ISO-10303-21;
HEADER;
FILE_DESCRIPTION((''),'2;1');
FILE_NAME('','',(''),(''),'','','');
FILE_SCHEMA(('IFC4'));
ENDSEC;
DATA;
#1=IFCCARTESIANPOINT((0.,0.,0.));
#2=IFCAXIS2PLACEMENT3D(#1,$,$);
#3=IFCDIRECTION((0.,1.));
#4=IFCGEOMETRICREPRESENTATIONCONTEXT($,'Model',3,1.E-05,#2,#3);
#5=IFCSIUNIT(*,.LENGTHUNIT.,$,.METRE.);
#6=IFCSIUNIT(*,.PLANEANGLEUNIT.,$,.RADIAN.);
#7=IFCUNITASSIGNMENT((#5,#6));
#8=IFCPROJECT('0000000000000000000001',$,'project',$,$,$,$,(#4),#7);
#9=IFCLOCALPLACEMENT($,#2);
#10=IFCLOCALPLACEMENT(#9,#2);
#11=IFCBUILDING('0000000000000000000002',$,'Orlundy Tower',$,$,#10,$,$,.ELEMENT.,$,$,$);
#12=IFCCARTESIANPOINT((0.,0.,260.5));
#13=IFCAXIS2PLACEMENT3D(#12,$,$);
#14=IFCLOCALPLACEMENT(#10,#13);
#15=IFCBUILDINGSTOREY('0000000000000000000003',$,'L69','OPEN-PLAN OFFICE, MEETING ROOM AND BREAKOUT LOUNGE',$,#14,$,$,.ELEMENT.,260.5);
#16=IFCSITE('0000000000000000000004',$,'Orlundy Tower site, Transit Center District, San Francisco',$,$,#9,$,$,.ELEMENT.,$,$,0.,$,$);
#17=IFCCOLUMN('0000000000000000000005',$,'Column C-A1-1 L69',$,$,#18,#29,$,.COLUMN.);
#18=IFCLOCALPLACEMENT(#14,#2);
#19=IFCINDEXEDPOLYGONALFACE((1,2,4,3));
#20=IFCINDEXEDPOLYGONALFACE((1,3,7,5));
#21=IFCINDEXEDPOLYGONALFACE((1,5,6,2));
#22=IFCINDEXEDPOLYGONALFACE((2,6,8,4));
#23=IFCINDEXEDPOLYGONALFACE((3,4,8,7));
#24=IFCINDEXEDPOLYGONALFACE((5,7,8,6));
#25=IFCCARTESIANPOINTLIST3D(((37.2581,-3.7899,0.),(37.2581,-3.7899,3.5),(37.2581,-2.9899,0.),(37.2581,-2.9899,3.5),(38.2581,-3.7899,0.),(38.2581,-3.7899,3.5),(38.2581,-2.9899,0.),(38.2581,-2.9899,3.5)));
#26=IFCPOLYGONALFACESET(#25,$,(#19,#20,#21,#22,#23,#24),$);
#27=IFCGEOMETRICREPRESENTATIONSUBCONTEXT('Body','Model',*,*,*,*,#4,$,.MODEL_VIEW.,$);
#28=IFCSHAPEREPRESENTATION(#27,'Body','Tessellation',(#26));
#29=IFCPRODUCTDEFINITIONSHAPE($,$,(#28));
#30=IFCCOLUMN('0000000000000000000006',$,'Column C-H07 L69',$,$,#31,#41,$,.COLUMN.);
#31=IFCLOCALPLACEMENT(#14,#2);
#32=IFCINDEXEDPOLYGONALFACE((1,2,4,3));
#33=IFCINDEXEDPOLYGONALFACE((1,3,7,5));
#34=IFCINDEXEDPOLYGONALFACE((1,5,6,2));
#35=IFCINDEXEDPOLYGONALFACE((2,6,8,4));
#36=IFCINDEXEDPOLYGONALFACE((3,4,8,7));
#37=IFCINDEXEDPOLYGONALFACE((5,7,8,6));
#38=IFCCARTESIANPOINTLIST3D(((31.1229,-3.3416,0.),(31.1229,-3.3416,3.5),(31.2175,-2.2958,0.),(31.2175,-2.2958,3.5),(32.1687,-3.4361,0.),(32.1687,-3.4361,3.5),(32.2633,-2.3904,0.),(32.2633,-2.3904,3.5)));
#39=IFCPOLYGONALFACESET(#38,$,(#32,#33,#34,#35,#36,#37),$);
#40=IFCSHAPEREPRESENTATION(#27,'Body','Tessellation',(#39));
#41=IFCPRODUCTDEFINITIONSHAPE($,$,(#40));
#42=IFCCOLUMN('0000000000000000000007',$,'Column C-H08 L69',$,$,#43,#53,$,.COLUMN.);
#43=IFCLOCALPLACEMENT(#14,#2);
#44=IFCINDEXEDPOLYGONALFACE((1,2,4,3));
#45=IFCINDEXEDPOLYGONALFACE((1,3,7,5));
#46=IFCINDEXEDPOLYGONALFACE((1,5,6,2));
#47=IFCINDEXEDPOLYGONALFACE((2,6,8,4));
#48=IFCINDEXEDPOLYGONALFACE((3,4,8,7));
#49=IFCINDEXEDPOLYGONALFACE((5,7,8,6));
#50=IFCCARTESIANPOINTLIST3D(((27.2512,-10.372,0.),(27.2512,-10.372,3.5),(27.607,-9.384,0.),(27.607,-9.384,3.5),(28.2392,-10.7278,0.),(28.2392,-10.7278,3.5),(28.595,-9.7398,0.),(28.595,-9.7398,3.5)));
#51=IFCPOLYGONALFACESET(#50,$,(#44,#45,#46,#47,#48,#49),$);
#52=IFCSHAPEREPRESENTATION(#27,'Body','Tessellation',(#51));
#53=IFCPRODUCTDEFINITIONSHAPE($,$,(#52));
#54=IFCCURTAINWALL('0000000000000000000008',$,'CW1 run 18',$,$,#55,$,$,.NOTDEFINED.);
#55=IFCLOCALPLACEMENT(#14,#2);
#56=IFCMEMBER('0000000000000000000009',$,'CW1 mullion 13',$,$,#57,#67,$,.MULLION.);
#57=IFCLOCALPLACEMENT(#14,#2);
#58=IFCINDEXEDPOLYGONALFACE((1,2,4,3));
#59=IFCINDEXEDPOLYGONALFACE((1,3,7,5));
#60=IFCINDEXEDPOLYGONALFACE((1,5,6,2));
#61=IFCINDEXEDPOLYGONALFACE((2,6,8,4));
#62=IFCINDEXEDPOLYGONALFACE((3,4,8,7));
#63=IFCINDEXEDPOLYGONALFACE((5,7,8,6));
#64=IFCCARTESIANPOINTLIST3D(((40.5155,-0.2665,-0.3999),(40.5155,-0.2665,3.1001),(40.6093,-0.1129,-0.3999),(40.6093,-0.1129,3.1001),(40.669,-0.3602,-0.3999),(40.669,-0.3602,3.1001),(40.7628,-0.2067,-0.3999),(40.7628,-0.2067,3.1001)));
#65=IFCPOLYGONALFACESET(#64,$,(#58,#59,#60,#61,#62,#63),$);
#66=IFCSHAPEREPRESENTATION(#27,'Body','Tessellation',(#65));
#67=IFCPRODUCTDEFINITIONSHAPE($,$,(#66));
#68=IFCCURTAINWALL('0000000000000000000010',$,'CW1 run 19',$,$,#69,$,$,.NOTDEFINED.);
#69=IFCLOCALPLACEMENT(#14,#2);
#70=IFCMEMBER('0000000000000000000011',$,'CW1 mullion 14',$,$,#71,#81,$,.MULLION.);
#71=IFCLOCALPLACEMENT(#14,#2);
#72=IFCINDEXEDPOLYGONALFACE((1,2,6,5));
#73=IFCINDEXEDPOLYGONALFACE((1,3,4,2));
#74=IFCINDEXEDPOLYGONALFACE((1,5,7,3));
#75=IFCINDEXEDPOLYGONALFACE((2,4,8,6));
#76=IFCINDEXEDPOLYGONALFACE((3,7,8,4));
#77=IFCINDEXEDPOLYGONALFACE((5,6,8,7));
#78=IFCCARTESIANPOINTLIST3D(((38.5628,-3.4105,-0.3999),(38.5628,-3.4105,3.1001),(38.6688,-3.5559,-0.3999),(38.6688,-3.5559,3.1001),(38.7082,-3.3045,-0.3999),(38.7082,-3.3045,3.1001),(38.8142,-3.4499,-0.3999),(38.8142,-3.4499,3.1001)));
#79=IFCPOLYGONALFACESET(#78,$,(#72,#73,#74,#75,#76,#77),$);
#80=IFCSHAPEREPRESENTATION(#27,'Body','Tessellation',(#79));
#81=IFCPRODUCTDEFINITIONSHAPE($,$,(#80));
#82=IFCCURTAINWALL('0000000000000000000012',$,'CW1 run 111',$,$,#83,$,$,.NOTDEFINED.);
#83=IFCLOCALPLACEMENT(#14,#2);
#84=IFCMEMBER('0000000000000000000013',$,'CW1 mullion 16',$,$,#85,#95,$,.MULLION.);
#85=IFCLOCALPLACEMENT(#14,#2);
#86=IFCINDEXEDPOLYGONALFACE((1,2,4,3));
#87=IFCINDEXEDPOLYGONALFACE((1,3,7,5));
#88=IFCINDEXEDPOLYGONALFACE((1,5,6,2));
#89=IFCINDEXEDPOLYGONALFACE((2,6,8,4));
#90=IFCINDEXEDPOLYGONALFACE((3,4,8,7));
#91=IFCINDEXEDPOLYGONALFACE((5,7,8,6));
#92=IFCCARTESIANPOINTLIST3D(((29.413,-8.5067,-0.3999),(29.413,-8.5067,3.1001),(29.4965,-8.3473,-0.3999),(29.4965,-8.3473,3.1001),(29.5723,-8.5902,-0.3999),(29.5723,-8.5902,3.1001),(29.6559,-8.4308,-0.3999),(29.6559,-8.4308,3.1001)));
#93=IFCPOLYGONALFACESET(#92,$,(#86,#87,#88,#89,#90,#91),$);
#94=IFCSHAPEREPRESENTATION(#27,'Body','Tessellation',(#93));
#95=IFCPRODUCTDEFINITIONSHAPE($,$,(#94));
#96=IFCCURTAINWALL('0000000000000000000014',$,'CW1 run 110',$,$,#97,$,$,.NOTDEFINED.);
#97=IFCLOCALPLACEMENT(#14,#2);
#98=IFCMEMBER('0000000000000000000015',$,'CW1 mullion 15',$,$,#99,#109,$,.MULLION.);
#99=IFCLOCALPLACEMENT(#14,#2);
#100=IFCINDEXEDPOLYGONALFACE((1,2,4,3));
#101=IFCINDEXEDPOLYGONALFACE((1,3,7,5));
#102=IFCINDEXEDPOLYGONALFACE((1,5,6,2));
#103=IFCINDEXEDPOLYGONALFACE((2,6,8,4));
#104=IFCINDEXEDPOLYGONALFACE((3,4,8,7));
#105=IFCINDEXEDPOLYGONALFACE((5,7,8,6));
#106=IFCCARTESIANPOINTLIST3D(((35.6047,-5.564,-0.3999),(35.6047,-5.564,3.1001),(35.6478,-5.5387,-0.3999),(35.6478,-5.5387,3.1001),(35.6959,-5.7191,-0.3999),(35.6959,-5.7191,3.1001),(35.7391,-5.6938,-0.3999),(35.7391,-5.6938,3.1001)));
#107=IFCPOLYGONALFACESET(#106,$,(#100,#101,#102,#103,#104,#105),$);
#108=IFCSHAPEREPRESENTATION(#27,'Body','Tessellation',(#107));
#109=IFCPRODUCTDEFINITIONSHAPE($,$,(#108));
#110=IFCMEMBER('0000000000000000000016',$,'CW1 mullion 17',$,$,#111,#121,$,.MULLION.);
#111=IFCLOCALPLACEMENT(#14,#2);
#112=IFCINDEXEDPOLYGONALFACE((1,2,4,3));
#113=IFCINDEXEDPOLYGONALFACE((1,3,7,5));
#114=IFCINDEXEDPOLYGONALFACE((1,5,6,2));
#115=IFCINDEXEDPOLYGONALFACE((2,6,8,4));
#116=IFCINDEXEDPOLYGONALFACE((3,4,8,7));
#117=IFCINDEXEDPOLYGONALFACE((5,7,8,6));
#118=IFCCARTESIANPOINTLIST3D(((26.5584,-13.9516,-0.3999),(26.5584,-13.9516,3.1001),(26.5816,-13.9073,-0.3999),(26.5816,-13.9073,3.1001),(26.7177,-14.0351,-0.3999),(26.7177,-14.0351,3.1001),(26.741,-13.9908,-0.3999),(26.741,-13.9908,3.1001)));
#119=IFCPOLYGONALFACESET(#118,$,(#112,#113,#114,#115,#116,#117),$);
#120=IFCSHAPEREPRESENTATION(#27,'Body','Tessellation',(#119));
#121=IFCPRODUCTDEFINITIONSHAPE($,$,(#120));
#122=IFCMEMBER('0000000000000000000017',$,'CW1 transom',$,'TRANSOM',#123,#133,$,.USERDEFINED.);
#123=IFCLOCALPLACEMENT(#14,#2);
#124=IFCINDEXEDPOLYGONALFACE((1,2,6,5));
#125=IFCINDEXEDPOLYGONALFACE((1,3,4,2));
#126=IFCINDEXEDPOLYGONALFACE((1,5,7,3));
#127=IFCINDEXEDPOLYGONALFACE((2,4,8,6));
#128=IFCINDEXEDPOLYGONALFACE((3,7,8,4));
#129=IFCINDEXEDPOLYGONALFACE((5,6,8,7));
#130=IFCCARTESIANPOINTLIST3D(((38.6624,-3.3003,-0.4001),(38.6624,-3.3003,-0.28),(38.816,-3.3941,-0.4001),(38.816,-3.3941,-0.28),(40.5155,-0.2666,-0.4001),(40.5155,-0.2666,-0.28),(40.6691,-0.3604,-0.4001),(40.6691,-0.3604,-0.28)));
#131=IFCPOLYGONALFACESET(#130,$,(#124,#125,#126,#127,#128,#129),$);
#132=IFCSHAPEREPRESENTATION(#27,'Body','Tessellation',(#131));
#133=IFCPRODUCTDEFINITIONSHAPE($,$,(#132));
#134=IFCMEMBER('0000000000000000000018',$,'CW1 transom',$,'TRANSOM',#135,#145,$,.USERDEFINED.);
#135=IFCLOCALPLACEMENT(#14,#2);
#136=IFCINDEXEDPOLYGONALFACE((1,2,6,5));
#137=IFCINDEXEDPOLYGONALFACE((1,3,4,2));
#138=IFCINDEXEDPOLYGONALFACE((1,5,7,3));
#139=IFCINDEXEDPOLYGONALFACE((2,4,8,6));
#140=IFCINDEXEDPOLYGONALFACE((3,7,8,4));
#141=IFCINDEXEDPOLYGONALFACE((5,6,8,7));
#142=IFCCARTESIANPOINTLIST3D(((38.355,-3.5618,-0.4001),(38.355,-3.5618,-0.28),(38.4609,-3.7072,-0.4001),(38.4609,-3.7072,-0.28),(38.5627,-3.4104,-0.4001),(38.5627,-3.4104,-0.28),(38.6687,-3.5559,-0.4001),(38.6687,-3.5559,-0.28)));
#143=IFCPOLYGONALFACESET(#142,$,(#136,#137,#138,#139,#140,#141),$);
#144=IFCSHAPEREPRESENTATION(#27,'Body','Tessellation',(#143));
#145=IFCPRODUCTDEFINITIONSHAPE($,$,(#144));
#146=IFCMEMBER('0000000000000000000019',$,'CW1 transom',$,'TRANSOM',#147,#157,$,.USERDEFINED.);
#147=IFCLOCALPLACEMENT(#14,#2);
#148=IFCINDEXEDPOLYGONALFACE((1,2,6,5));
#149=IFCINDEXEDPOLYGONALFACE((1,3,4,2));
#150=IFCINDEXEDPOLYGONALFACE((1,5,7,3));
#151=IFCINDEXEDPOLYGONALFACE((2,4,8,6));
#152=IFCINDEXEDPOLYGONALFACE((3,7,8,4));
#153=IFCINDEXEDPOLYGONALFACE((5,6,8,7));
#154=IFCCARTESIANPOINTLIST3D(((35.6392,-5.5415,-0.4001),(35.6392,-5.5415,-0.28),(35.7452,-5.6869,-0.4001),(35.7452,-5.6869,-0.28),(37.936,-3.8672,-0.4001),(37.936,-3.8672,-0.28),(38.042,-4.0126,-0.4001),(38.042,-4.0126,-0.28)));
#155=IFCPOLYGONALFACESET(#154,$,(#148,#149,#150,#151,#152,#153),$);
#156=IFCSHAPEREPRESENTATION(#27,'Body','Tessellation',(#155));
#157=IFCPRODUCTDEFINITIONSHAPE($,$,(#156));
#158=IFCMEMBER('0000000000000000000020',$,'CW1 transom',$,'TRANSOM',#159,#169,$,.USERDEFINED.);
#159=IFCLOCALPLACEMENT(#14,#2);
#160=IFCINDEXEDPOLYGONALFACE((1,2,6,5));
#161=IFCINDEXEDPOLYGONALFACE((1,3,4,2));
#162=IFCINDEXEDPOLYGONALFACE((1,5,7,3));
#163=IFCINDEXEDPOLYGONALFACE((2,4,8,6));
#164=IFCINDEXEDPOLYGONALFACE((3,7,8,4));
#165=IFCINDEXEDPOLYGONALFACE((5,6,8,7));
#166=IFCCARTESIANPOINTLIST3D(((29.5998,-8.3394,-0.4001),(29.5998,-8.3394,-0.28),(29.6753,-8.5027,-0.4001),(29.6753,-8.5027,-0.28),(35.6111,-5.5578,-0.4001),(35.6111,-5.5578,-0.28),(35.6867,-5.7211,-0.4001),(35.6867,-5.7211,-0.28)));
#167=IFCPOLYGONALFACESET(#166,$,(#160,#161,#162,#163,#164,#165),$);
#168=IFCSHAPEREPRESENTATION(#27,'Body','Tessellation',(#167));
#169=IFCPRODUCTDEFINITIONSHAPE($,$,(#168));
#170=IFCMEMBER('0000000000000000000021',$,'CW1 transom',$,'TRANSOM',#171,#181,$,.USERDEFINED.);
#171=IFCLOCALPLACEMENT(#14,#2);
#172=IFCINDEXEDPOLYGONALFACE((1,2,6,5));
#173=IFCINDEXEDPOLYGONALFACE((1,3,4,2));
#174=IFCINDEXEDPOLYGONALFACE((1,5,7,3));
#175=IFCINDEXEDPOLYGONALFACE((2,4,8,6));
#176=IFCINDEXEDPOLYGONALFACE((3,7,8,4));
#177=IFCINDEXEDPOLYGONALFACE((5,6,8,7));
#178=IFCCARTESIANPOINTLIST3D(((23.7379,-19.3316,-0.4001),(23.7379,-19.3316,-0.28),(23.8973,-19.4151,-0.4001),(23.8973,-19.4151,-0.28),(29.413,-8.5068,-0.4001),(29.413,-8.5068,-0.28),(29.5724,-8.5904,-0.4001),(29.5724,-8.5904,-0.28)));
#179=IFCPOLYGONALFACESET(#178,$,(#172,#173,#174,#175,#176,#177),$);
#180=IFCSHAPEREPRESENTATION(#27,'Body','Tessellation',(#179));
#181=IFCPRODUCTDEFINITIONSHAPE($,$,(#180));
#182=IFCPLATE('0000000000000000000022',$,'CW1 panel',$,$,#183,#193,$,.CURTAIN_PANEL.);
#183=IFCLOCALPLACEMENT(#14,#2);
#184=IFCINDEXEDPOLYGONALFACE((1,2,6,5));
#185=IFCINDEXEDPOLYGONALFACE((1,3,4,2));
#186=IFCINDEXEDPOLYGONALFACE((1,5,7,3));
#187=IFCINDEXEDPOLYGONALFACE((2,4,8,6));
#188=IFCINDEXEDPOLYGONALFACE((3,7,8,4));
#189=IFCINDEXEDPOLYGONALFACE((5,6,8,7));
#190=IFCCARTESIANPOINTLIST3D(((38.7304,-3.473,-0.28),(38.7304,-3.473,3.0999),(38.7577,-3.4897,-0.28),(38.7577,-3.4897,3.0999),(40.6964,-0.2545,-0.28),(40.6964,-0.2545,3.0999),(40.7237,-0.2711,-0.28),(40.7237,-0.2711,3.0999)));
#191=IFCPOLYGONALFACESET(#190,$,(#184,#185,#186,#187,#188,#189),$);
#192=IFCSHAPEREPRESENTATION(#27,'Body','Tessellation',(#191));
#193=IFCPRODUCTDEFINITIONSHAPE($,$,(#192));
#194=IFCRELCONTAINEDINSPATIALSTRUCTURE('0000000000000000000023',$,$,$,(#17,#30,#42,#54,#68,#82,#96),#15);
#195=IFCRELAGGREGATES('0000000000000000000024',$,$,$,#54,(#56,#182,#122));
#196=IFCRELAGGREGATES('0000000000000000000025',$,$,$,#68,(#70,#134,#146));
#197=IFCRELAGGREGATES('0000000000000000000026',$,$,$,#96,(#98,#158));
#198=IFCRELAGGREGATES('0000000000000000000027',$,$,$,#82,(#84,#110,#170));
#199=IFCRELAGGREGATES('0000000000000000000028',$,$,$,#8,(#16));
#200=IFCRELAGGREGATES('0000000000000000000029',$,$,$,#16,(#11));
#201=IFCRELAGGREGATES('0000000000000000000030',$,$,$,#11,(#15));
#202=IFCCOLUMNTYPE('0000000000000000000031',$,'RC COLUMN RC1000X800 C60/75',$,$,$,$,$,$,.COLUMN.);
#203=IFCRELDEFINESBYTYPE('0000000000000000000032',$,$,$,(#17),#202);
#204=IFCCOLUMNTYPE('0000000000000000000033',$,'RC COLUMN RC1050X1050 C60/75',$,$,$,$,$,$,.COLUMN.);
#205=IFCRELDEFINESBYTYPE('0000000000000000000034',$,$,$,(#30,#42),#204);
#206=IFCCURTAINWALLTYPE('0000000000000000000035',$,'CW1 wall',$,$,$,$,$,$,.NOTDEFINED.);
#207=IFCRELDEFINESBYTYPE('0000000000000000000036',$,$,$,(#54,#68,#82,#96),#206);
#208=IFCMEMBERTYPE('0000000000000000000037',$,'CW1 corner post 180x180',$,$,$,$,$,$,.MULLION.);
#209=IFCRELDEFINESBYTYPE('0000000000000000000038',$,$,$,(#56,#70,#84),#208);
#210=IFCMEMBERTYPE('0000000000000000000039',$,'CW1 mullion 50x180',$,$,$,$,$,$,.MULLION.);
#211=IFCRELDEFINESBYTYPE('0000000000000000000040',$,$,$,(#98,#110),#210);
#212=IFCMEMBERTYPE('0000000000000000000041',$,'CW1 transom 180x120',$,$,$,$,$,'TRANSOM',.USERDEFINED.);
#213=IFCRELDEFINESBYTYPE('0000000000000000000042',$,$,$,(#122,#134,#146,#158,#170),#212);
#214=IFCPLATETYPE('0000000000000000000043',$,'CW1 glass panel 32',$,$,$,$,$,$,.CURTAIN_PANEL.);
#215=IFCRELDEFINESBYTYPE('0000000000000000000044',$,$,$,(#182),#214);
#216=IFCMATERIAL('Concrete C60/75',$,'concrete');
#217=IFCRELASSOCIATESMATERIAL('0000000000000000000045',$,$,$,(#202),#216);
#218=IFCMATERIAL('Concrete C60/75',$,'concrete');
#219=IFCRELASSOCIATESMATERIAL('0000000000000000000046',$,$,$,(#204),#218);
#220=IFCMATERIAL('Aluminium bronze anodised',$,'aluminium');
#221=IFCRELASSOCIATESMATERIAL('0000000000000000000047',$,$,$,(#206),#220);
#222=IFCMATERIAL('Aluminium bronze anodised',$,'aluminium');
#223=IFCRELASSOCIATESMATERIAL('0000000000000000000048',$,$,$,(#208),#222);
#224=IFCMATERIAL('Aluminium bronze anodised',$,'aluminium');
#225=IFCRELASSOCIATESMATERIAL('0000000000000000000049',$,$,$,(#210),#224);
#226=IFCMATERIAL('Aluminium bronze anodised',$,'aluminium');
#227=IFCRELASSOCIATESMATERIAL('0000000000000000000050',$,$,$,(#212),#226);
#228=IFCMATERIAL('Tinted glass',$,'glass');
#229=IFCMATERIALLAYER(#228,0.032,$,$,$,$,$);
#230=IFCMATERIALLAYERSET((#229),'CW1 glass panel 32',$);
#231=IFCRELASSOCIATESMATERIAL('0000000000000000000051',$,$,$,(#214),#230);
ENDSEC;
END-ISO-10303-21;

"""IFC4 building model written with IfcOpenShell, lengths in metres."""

from ifc_helpers import new_model, si_unit, direction, frame, origin, origin_2d, place, context, subcontext, project, spatial, rectangle, extrude, material, layer, layer_set, material_profile, profile_set, type_object, element, aggregate, save


model = new_model("IFC4")

# Units and contexts
model_context = context("Model", 3, precision=1e-05, world=origin(), true_north=direction((0.0, 1.0)))
body_context = subcontext(model_context, "Body", "Model", "MODEL_VIEW")
ifc_project = project(units=[si_unit("LENGTHUNIT", "METRE"), si_unit("PLANEANGLEUNIT", "RADIAN")], contexts=[model_context])

# Site, building, storey
site_placement = place(None, origin())
site = spatial("IfcSite", under=ifc_project, at=site_placement, Name="Orlundy Tower site, Transit Center District, San Francisco", CompositionType="ELEMENT", RefElevation=0.0)
building_placement = place(site_placement, origin())
building = spatial("IfcBuilding", under=site, at=building_placement, Name="Orlundy Tower", CompositionType="ELEMENT")
storey_placement = place(building_placement, frame((0.0, 0.0, 260.5)))
storey = spatial("IfcBuildingStorey", under=building, at=storey_placement, Name="L69", Description="OPEN-PLAN OFFICE, MEETING ROOM AND BREAKOUT LOUNGE", CompositionType="ELEMENT", Elevation=260.5)

# Columns
ifc_material_1 = material(Name="Concrete C60/75", Category="concrete")
ifc_material_profile_1 = material_profile(ifc_material_1, rectangle(XDim=1.0, YDim=0.8, at=origin_2d()), Name="RC1000X800")
ifc_profile_set_1 = profile_set([ifc_material_profile_1], Name="Concrete C60/75")
column_type_1 = type_object("IfcColumnType", Name="RC COLUMN RC1000X800 C60/75", PredefinedType="COLUMN", material=ifc_profile_set_1)
column_placement = place(storey_placement, frame((37.7581, -3.3899, 0.0), z_axis=(0.0, 0.0, 1.0), x_axis=(1.0, 0.0, 0.0)))
element("IfcColumn", 1, at=column_placement, inside=storey, type_object=column_type_1, Name="Column C-A1-1 L69", PredefinedType="COLUMN", context=body_context, shape_type="SweptSolid", body=[
    extrude(rectangle(XDim=1.0, YDim=0.8, at=origin_2d()), origin(), (0.0, 0.0, 1.0), 3.5),
])
ifc_material_2 = material(Name="Concrete C60/75", Category="concrete")
ifc_material_profile_2 = material_profile(ifc_material_2, rectangle(XDim=1.05, YDim=1.05, at=origin_2d()), Name="RC1050X1050")
ifc_profile_set_2 = profile_set([ifc_material_profile_2], Name="Concrete C60/75")
column_type_2 = type_object("IfcColumnType", Name="RC COLUMN RC1050X1050 C60/75", PredefinedType="COLUMN", material=ifc_profile_set_2)
for number, where, z_axis, x_axis, name in (
    (2, (31.6931, -2.866, 0.0), (0.0, 0.0, 1.0), (0.995936, -0.090059, 0.0), "Column C-H07 L69"),
    (3, (27.9231, -10.0559, 0.0), (0.0, 0.0, 1.0), (0.940845, -0.338836, 0.0), "Column C-H08 L69"),
):
    element("IfcColumn", number, at=place(storey_placement, frame(where, z_axis=z_axis, x_axis=x_axis)), inside=storey, type_object=column_type_2, Name=name, PredefinedType="COLUMN", context=body_context, shape_type="SweptSolid", body=[
        extrude(rectangle(XDim=1.05, YDim=1.05, at=origin_2d()), origin(), (0.0, 0.0, 1.0), 3.5),
    ])

# Curtain walls, members
ifc_material_3 = material(Name="Aluminium bronze anodised", Category="aluminium")
curtain_wall_type = type_object("IfcCurtainWallType", Name="CW1 wall", PredefinedType="NOTDEFINED", material=ifc_material_3)
curtain_wall_1_placement = place(storey_placement, origin())
curtain_wall_1 = element("IfcCurtainWall", 4, at=curtain_wall_1_placement, inside=storey, type_object=curtain_wall_type, Name="CW1 run 18", PredefinedType="NOTDEFINED")
ifc_material_4 = material(Name="Aluminium bronze anodised", Category="aluminium")
ifc_material_profile_3 = material_profile(ifc_material_4, rectangle(XDim=0.1799, YDim=0.1799, at=origin_2d()), Name="CW1 corner post 180x180")
ifc_profile_set_3 = profile_set([ifc_material_profile_3], Name="Aluminium bronze anodised")
member_type_1 = type_object("IfcMemberType", Name="CW1 corner post 180x180", PredefinedType="MULLION", material=ifc_profile_set_3)
member_1_placement = place(storey_placement, frame((40.6392, -0.2366, -0.3999), z_axis=(0.0, 0.0, 1.0), x_axis=(0.853395, -0.521264, 0.0)))
member_1 = element("IfcMember", 5, at=member_1_placement, type_object=member_type_1, Name="CW1 mullion 13", PredefinedType="MULLION", context=body_context, shape_type="SweptSolid", body=[
    extrude(rectangle(XDim=0.1799, YDim=0.1799, at=origin_2d()), origin(), (0.0, 0.0, 1.0), 3.5),
])
curtain_wall_2_placement = place(storey_placement, origin())
curtain_wall_2 = element("IfcCurtainWall", 6, at=curtain_wall_2_placement, inside=storey, type_object=curtain_wall_type, Name="CW1 run 19", PredefinedType="NOTDEFINED")
member_2_placement = place(storey_placement, frame((38.6885, -3.4302, -0.3999), z_axis=(0.0, 0.0, 1.0), x_axis=(0.589022, -0.808117, 0.0)))
member_2 = element("IfcMember", 7, at=member_2_placement, type_object=member_type_1, Name="CW1 mullion 14", PredefinedType="MULLION", context=body_context, shape_type="SweptSolid", body=[
    extrude(rectangle(XDim=0.1799, YDim=0.1799, at=origin_2d()), origin(), (0.0, 0.0, 1.0), 3.5),
])
curtain_wall_3_placement = place(storey_placement, origin())
curtain_wall_3 = element("IfcCurtainWall", 8, at=curtain_wall_3_placement, inside=storey, type_object=curtain_wall_type, Name="CW1 run 111", PredefinedType="NOTDEFINED")
member_3_placement = place(storey_placement, frame((29.5344, -8.4688, -0.3999), z_axis=(0.0, 0.0, 1.0), x_axis=(0.885661, -0.464333, 0.0)))
member_3 = element("IfcMember", 9, at=member_3_placement, type_object=member_type_1, Name="CW1 mullion 16", PredefinedType="MULLION", context=body_context, shape_type="SweptSolid", body=[
    extrude(rectangle(XDim=0.1799, YDim=0.1799, at=origin_2d()), origin(), (0.0, 0.0, 1.0), 3.5),
])
curtain_wall_4_placement = place(storey_placement, origin())
curtain_wall_4 = element("IfcCurtainWall", 10, at=curtain_wall_4_placement, inside=storey, type_object=curtain_wall_type, Name="CW1 run 110", PredefinedType="NOTDEFINED")
ifc_material_5 = material(Name="Aluminium bronze anodised", Category="aluminium")
ifc_material_profile_4 = material_profile(ifc_material_5, rectangle(XDim=0.1799, YDim=0.05, at=origin_2d()), Name="CW1 mullion 50x180")
ifc_profile_set_4 = profile_set([ifc_material_profile_4], Name="Aluminium bronze anodised")
member_type_2 = type_object("IfcMemberType", Name="CW1 mullion 50x180", PredefinedType="MULLION", material=ifc_profile_set_4)
member_4_placement = place(storey_placement, frame((35.6719, -5.6289, -0.3999), z_axis=(0.0, 0.0, 1.0), x_axis=(0.506928, -0.861989, 0.0)))
member_4 = element("IfcMember", 11, at=member_4_placement, type_object=member_type_2, Name="CW1 mullion 15", PredefinedType="MULLION", context=body_context, shape_type="SweptSolid", body=[
    extrude(rectangle(XDim=0.1799, YDim=0.05, at=origin_2d()), origin(), (0.0, 0.0, 1.0), 3.5),
])

# Members
member_5_placement = place(storey_placement, frame((26.6497, -13.9712, -0.3999), z_axis=(0.0, 0.0, 1.0), x_axis=(0.885661, -0.464333, 0.0)))
member_5 = element("IfcMember", 12, at=member_5_placement, type_object=member_type_2, Name="CW1 mullion 17", PredefinedType="MULLION", context=body_context, shape_type="SweptSolid", body=[
    extrude(rectangle(XDim=0.1799, YDim=0.05, at=origin_2d()), origin(), (0.0, 0.0, 1.0), 3.5),
])
ifc_material_6 = material(Name="Aluminium bronze anodised", Category="aluminium")
ifc_material_profile_5 = material_profile(ifc_material_6, rectangle(XDim=0.1799, YDim=0.1201, at=origin_2d()), Name="CW1 transom 180x120")
ifc_profile_set_5 = profile_set([ifc_material_profile_5], Name="Aluminium bronze anodised")
member_type_3 = type_object("IfcMemberType", Name="CW1 transom 180x120", ElementType="TRANSOM", PredefinedType="USERDEFINED", material=ifc_profile_set_5)
member_6_placement = place(storey_placement, frame((40.5923, -0.3135, -0.3401), z_axis=(-0.521267, -0.853394, 0.0), x_axis=(0.853394, -0.521267, 0.0)))
member_6 = element("IfcMember", 13, at=member_6_placement, type_object=member_type_3, Name="CW1 transom", ObjectType="TRANSOM", PredefinedType="USERDEFINED", context=body_context, shape_type="SweptSolid", body=[
    extrude(rectangle(XDim=0.1799, YDim=0.1201, at=origin_2d()), origin(), (0.0, 0.0, 1.0), 3.5549),
])
member_7_placement = place(storey_placement, frame((38.6157, -3.4832, -0.3401), z_axis=(-0.808243, -0.588849, 0.0), x_axis=(0.588849, -0.808243, 0.0)))
member_7 = element("IfcMember", 14, at=member_7_placement, type_object=member_type_3, Name="CW1 transom", ObjectType="TRANSOM", PredefinedType="USERDEFINED", context=body_context, shape_type="SweptSolid", body=[
    extrude(rectangle(XDim=0.1799, YDim=0.1201, at=origin_2d()), origin(), (0.0, 0.0, 1.0), 0.2571),
])
member_8_placement = place(storey_placement, frame((37.989, -3.9399, -0.3401), z_axis=(-0.808089, -0.58906, 0.0), x_axis=(0.58906, -0.808089, 0.0)))
member_8 = element("IfcMember", 15, at=member_8_placement, type_object=member_type_3, Name="CW1 transom", ObjectType="TRANSOM", PredefinedType="USERDEFINED", context=body_context, shape_type="SweptSolid", body=[
    extrude(rectangle(XDim=0.1799, YDim=0.1201, at=origin_2d()), origin(), (0.0, 0.0, 1.0), 2.8423),
])
member_9_placement = place(storey_placement, frame((35.6489, -5.6394, -0.3401), z_axis=(-0.907545, -0.419956, 0.0), x_axis=(0.419956, -0.907545, 0.0)))
member_9 = element("IfcMember", 16, at=member_9_placement, type_object=member_type_3, Name="CW1 transom", ObjectType="TRANSOM", PredefinedType="USERDEFINED", context=body_context, shape_type="SweptSolid", body=[
    extrude(rectangle(XDim=0.1799, YDim=0.1201, at=origin_2d()), origin(), (0.0, 0.0, 1.0), 6.6238),
])
member_10_placement = place(storey_placement, frame((29.4927, -8.5486, -0.3401), z_axis=(-0.464326, -0.885665, 0.0), x_axis=(0.885665, -0.464326, 0.0)))
member_10 = element("IfcMember", 17, at=member_10_placement, type_object=member_type_3, Name="CW1 transom", ObjectType="TRANSOM", PredefinedType="USERDEFINED", context=body_context, shape_type="SweptSolid", body=[
    extrude(rectangle(XDim=0.1799, YDim=0.1201, at=origin_2d()), origin(), (0.0, 0.0, 1.0), 12.2222),
])

# Plate
ifc_material_7 = material(Name="Tinted glass", Category="glass")
ifc_layer_1 = layer(ifc_material_7, 0.032)
ifc_layer_set_1 = layer_set([ifc_layer_1], Name="CW1 glass panel 32")
plate_type = type_object("IfcPlateType", Name="CW1 glass panel 32", PredefinedType="CURTAIN_PANEL", material=ifc_layer_set_1)
plate_1_placement = place(storey_placement, frame((39.7271, -1.8721, -0.28), z_axis=(0.0, 0.0, 1.0), x_axis=(-0.521264, -0.853395, 0.0)))
plate_1 = element("IfcPlate", 18, at=plate_1_placement, type_object=plate_type, Name="CW1 panel", PredefinedType="CURTAIN_PANEL", context=body_context, shape_type="SweptSolid", body=[
    extrude(rectangle(XDim=3.7715, YDim=0.032, at=origin_2d()), origin(), (0.0, 0.0, 1.0), 3.3799),
])
aggregate(curtain_wall_1, [member_1, plate_1, member_6])
aggregate(curtain_wall_2, [member_2, member_7, member_8])
aggregate(curtain_wall_4, [member_4, member_9])
aggregate(curtain_wall_3, [member_3, member_5, member_10])

save(model, "model.ifc")
